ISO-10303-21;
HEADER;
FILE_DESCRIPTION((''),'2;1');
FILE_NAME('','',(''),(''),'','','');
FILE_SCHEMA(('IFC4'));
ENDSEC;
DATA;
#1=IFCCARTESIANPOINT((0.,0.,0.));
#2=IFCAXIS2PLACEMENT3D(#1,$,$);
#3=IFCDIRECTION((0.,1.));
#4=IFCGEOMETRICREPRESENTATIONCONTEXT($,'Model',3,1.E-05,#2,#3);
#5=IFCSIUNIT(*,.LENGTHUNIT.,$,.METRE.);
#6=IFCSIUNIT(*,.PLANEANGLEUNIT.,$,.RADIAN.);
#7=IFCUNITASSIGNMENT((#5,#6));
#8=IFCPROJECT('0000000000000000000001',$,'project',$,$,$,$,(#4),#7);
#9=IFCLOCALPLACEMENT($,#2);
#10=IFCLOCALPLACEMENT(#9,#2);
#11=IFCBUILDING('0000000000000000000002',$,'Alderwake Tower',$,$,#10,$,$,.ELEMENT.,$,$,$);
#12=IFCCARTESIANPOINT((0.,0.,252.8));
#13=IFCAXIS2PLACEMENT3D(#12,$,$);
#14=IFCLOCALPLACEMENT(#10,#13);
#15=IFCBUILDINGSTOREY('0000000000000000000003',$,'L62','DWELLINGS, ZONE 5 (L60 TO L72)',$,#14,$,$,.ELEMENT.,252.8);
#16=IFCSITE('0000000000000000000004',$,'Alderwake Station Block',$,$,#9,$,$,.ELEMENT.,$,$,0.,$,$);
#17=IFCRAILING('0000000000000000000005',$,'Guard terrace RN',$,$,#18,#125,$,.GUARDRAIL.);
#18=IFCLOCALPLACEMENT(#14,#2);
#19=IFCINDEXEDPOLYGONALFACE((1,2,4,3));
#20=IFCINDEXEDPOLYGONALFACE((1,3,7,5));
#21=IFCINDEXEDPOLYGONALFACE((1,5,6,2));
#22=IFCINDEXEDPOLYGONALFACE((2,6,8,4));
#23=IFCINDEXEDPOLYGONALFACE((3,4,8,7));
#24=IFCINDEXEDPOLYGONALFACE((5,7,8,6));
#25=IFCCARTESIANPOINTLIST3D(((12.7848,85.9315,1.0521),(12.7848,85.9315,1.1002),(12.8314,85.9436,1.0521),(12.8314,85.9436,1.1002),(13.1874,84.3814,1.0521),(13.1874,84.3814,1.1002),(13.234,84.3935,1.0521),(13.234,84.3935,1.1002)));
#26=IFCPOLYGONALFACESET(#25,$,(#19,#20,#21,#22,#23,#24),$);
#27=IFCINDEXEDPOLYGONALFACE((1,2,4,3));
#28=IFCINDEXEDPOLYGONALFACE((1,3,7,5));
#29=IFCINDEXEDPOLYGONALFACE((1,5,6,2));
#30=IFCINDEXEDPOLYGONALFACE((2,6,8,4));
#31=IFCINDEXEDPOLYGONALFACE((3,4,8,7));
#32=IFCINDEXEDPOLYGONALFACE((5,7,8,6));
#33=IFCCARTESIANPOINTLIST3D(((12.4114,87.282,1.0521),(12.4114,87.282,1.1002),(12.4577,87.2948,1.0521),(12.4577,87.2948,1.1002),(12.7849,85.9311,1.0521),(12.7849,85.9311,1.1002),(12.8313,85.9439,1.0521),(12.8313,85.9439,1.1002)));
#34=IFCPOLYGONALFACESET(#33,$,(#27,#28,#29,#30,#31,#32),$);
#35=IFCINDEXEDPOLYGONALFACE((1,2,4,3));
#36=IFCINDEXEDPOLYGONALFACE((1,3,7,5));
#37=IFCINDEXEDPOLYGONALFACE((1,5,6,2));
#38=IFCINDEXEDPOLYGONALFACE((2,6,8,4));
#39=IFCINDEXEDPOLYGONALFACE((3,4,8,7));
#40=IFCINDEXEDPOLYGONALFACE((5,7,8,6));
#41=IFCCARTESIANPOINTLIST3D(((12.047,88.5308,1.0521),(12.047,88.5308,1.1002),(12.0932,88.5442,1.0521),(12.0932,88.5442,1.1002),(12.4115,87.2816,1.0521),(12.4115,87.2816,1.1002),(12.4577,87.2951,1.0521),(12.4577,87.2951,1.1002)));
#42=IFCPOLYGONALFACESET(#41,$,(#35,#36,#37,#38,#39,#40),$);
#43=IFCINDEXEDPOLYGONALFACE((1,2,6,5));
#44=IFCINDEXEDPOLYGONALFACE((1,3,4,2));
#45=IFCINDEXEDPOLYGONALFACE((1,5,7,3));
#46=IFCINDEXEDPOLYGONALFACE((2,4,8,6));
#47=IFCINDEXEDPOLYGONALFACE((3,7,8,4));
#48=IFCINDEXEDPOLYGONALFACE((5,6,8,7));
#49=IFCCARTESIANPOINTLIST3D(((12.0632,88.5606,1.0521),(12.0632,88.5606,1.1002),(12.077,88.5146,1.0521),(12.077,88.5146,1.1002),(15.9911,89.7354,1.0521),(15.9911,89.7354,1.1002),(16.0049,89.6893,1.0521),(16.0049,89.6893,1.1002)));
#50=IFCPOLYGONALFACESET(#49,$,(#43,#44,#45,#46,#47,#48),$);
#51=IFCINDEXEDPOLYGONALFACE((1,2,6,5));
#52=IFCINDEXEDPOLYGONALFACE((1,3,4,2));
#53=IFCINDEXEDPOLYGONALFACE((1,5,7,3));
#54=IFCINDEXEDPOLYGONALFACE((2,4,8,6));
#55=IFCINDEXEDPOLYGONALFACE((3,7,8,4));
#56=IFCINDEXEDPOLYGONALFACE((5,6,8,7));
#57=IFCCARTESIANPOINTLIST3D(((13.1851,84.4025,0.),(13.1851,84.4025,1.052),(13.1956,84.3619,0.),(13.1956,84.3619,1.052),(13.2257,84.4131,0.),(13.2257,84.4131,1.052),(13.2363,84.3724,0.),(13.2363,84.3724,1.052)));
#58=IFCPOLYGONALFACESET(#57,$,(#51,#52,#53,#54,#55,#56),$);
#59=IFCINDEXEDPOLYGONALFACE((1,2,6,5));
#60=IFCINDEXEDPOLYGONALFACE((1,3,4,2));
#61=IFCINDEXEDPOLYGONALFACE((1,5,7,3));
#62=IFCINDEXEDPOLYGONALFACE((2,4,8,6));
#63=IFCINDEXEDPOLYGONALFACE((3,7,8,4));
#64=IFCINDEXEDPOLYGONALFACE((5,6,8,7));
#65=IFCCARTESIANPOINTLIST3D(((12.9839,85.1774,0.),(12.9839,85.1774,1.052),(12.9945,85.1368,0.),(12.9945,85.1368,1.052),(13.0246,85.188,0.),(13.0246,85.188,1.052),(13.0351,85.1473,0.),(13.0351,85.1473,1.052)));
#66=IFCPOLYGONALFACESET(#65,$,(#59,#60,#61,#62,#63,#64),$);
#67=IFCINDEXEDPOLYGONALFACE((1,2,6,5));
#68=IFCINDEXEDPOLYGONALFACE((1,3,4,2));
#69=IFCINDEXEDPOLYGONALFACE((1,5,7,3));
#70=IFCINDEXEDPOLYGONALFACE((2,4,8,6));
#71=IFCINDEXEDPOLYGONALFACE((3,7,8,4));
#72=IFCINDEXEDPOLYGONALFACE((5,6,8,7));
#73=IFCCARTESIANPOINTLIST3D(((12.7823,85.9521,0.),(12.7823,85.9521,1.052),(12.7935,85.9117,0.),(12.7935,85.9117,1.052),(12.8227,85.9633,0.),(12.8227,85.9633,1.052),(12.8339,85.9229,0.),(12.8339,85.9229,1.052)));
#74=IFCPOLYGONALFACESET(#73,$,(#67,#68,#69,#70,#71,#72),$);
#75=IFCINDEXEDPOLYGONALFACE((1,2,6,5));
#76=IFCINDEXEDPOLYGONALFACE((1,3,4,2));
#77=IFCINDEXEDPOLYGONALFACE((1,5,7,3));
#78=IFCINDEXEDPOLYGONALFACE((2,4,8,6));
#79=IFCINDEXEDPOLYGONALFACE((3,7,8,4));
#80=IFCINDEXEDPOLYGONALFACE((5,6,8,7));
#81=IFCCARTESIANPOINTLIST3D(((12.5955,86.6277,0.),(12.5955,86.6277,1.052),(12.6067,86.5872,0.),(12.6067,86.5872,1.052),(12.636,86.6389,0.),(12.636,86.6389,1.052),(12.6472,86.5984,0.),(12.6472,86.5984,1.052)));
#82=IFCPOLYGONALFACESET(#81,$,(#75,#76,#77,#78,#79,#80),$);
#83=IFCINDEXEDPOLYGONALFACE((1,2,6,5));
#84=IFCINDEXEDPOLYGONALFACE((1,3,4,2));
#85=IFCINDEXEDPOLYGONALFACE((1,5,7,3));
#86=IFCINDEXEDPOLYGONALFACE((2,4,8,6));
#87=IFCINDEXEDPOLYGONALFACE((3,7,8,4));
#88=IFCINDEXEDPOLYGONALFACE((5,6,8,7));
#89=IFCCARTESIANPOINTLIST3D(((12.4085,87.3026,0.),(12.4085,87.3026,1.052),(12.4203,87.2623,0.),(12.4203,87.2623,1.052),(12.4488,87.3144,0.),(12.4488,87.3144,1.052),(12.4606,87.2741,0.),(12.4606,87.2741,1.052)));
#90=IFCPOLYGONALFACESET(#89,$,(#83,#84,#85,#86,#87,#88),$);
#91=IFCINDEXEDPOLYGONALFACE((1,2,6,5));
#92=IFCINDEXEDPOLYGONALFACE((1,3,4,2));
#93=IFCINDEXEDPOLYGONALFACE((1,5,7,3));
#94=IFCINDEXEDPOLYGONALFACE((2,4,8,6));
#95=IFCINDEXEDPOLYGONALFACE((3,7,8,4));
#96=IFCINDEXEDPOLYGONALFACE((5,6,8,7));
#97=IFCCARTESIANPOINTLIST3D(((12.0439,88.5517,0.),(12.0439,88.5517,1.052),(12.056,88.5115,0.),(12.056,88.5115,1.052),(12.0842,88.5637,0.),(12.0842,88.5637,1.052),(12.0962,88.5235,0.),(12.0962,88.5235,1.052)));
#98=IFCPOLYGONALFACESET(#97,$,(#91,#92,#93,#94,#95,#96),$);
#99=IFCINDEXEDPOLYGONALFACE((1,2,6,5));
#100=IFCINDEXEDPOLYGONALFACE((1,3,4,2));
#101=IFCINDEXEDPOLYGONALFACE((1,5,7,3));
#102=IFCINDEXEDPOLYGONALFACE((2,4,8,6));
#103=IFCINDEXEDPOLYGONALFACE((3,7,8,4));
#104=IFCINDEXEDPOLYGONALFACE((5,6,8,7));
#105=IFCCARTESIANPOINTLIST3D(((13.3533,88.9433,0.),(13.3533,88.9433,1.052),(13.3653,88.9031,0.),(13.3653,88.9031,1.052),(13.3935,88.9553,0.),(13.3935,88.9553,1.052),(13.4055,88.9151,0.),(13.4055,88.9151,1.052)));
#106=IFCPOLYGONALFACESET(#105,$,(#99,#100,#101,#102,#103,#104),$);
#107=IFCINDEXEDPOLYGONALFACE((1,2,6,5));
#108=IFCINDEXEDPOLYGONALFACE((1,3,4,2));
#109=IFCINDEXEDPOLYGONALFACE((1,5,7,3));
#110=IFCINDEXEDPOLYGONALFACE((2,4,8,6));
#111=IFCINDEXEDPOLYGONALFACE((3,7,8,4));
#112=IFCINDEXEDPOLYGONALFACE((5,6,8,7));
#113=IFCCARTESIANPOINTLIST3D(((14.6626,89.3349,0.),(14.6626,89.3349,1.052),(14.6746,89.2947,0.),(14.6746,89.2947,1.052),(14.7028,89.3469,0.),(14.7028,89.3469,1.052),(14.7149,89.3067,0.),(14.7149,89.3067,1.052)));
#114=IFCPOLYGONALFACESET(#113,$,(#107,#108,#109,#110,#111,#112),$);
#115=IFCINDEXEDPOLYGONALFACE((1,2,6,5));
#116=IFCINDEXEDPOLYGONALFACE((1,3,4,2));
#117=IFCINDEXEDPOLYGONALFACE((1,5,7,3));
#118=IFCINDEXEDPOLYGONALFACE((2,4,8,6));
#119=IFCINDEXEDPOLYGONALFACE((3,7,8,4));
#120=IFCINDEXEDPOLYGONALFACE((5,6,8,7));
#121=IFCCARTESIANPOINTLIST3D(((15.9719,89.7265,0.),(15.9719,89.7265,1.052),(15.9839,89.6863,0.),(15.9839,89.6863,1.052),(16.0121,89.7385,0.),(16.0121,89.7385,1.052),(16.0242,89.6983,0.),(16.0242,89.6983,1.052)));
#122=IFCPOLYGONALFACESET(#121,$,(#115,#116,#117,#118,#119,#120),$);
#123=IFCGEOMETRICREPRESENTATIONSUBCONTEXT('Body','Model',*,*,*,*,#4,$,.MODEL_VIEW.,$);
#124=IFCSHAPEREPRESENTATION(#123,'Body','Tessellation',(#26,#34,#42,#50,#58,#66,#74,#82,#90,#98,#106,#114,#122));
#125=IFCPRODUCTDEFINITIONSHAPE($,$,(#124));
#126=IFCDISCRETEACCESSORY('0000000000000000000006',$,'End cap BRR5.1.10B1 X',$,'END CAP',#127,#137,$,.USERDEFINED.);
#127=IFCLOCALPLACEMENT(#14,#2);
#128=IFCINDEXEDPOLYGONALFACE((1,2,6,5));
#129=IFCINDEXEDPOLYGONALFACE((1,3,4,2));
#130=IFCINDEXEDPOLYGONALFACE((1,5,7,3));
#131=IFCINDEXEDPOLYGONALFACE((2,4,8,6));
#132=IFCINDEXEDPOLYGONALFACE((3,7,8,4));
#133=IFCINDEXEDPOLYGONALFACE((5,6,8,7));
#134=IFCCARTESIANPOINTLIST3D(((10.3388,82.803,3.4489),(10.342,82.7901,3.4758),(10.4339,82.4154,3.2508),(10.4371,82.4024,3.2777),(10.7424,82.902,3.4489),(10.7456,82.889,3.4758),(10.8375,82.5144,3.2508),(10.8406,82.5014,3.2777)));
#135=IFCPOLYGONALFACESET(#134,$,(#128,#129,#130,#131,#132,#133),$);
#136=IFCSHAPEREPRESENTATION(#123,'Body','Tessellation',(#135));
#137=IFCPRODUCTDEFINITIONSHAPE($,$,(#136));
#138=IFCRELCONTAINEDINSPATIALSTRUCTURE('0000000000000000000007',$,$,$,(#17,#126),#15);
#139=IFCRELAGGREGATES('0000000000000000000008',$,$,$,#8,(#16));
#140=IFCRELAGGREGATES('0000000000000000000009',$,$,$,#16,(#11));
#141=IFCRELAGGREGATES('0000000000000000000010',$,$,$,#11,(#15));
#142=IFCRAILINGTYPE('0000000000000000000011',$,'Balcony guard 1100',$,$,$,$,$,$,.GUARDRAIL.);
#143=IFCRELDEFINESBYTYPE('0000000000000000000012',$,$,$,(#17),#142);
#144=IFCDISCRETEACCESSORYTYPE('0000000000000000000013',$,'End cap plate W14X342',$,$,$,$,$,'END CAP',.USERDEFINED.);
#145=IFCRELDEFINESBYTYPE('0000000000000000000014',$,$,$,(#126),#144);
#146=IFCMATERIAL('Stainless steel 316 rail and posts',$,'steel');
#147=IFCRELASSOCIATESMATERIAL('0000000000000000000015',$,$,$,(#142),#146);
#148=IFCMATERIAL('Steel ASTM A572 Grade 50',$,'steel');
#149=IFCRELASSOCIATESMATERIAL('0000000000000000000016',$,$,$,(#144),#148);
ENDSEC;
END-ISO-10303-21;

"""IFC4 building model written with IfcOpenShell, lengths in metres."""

from ifc_helpers import new_model, si_unit, direction, frame, origin, origin_2d, place, context, subcontext, project, spatial, rectangle, extrude, material, material_profile, profile_set, type_object, element, save


model = new_model("IFC4")

# Units and contexts
model_context = context("Model", 3, precision=1e-05, world=origin(), true_north=direction((0.0, 1.0)))
body_context = subcontext(model_context, "Body", "Model", "MODEL_VIEW")
ifc_project = project(units=[si_unit("LENGTHUNIT", "METRE"), si_unit("PLANEANGLEUNIT", "RADIAN")], contexts=[model_context])

# Site, building, storey
site_placement = place(None, origin())
site = spatial("IfcSite", under=ifc_project, at=site_placement, Name="Alderwake Station Block", CompositionType="ELEMENT", RefElevation=0.0)
building_placement = place(site_placement, origin())
building = spatial("IfcBuilding", under=site, at=building_placement, Name="Alderwake Tower", CompositionType="ELEMENT")
storey_placement = place(building_placement, frame((0.0, 0.0, 252.8)))
storey = spatial("IfcBuildingStorey", under=building, at=storey_placement, Name="L62", Description="DWELLINGS, ZONE 5 (L60 TO L72)", CompositionType="ELEMENT", Elevation=252.8)

# Railing
ifc_material_1 = material(Name="Stainless steel 316 rail and posts", Category="steel")
railing_type = type_object("IfcRailingType", Name="Balcony guard 1100", PredefinedType="GUARDRAIL", material=ifc_material_1)
railing_placement = place(storey_placement, frame((13.2107, 84.3875, 0.0)))
element("IfcRailing", 1, at=railing_placement, inside=storey, type_object=railing_type, Name="Guard terrace RN", PredefinedType="GUARDRAIL", context=body_context, shape_type="SweptSolid", body=[
    extrude(rectangle(XDim=0.0481, YDim=0.0481, at=origin_2d()), frame((0.0, 0.0, 1.0762), z_axis=(-0.251385, 0.967887, 0.0), x_axis=(-0.967887, -0.251385, 0.0)), (0.0, 0.0, 1.0), 1.6016),
    extrude(rectangle(XDim=0.0481, YDim=0.0481, at=origin_2d()), frame((-0.4026, 1.55, 1.0762), z_axis=(-0.266521, 0.963829, 0.0), x_axis=(-0.963829, -0.266521, 0.0)), (0.0, 0.0, 1.0), 1.4016),
    extrude(rectangle(XDim=0.0481, YDim=0.0481, at=origin_2d()), frame((-0.7761, 2.9009, 1.0762), z_axis=(-0.280094, 0.959973, 0.0), x_axis=(-0.959973, -0.280094, 0.0)), (0.0, 0.0, 1.0), 1.3013),
    extrude(rectangle(XDim=0.0481, YDim=0.0481, at=origin_2d()), frame((-1.1406, 4.1501, 1.0762), z_axis=(0.958067, 0.286545, 0.0), x_axis=(-0.286545, 0.958067, 0.0)), (0.0, 0.0, 1.0), 4.0999),
    extrude(rectangle(XDim=0.042, YDim=0.042, at=origin_2d()), frame((0.0, 0.0, 0.0), z_axis=(0.0, 0.0, 1.0), x_axis=(-0.251385, 0.967887, 0.0)), (0.0, 0.0, 1.0), 1.052),
    extrude(rectangle(XDim=0.042, YDim=0.042, at=origin_2d()), frame((-0.2012, 0.7749, 0.0), z_axis=(0.0, 0.0, 1.0), x_axis=(-0.251385, 0.967887, 0.0)), (0.0, 0.0, 1.0), 1.052),
    extrude(rectangle(XDim=0.042, YDim=0.042, at=origin_2d()), frame((-0.4026, 1.55, 0.0), z_axis=(0.0, 0.0, 1.0), x_axis=(-0.266521, 0.963829, 0.0)), (0.0, 0.0, 1.0), 1.052),
    extrude(rectangle(XDim=0.042, YDim=0.042, at=origin_2d()), frame((-0.5894, 2.2256, 0.0), z_axis=(0.0, 0.0, 1.0), x_axis=(-0.266521, 0.963829, 0.0)), (0.0, 0.0, 1.0), 1.052),
    extrude(rectangle(XDim=0.042, YDim=0.042, at=origin_2d()), frame((-0.7761, 2.9009, 0.0), z_axis=(0.0, 0.0, 1.0), x_axis=(-0.280094, 0.959973, 0.0)), (0.0, 0.0, 1.0), 1.052),
    extrude(rectangle(XDim=0.042, YDim=0.042, at=origin_2d()), frame((-1.1406, 4.1501, 0.0), z_axis=(0.0, 0.0, 1.0), x_axis=(0.958067, 0.286545, 0.0)), (0.0, 0.0, 1.0), 1.052),
    extrude(rectangle(XDim=0.042, YDim=0.042, at=origin_2d()), frame((0.1687, 4.5417, 0.0), z_axis=(0.0, 0.0, 1.0), x_axis=(0.958067, 0.286545, 0.0)), (0.0, 0.0, 1.0), 1.052),
    extrude(rectangle(XDim=0.042, YDim=0.042, at=origin_2d()), frame((1.478, 4.9333, 0.0), z_axis=(0.0, 0.0, 1.0), x_axis=(0.958067, 0.286545, 0.0)), (0.0, 0.0, 1.0), 1.052),
    extrude(rectangle(XDim=0.042, YDim=0.042, at=origin_2d()), frame((2.7874, 5.325, 0.0), z_axis=(0.0, 0.0, 1.0), x_axis=(0.958067, 0.286545, 0.0)), (0.0, 0.0, 1.0), 1.052),
])

# Discrete accessory
ifc_material_2 = material(Name="Steel ASTM A572 Grade 50", Category="steel")
ifc_material_profile_1 = material_profile(ifc_material_2, rectangle(XDim=0.4155, YDim=0.4456, at=origin_2d()), Name="W14X342 cap")
ifc_profile_set_1 = profile_set([ifc_material_profile_1], Name="Steel ASTM A572 Grade 50")
discrete_accessory_type = type_object("IfcDiscreteAccessoryType", Name="End cap plate W14X342", ElementType="END CAP", PredefinedType="USERDEFINED", material=ifc_profile_set_1)
discrete_accessory_placement = place(storey_placement, frame((10.5881, 82.6587, 3.3499), z_axis=(0.10587, -0.431622, 0.89582), x_axis=(0.971211, 0.238222, 0.0)))
element("IfcDiscreteAccessory", 2, at=discrete_accessory_placement, inside=storey, type_object=discrete_accessory_type, Name="End cap BRR5.1.10B1 X", ObjectType="END CAP", PredefinedType="USERDEFINED", context=body_context, shape_type="SweptSolid", body=[
    extrude(rectangle(XDim=0.4155, YDim=0.4456, at=origin_2d()), origin(), (0.0, 0.0, 1.0), 0.03),
])

save(model, "model.ifc")
